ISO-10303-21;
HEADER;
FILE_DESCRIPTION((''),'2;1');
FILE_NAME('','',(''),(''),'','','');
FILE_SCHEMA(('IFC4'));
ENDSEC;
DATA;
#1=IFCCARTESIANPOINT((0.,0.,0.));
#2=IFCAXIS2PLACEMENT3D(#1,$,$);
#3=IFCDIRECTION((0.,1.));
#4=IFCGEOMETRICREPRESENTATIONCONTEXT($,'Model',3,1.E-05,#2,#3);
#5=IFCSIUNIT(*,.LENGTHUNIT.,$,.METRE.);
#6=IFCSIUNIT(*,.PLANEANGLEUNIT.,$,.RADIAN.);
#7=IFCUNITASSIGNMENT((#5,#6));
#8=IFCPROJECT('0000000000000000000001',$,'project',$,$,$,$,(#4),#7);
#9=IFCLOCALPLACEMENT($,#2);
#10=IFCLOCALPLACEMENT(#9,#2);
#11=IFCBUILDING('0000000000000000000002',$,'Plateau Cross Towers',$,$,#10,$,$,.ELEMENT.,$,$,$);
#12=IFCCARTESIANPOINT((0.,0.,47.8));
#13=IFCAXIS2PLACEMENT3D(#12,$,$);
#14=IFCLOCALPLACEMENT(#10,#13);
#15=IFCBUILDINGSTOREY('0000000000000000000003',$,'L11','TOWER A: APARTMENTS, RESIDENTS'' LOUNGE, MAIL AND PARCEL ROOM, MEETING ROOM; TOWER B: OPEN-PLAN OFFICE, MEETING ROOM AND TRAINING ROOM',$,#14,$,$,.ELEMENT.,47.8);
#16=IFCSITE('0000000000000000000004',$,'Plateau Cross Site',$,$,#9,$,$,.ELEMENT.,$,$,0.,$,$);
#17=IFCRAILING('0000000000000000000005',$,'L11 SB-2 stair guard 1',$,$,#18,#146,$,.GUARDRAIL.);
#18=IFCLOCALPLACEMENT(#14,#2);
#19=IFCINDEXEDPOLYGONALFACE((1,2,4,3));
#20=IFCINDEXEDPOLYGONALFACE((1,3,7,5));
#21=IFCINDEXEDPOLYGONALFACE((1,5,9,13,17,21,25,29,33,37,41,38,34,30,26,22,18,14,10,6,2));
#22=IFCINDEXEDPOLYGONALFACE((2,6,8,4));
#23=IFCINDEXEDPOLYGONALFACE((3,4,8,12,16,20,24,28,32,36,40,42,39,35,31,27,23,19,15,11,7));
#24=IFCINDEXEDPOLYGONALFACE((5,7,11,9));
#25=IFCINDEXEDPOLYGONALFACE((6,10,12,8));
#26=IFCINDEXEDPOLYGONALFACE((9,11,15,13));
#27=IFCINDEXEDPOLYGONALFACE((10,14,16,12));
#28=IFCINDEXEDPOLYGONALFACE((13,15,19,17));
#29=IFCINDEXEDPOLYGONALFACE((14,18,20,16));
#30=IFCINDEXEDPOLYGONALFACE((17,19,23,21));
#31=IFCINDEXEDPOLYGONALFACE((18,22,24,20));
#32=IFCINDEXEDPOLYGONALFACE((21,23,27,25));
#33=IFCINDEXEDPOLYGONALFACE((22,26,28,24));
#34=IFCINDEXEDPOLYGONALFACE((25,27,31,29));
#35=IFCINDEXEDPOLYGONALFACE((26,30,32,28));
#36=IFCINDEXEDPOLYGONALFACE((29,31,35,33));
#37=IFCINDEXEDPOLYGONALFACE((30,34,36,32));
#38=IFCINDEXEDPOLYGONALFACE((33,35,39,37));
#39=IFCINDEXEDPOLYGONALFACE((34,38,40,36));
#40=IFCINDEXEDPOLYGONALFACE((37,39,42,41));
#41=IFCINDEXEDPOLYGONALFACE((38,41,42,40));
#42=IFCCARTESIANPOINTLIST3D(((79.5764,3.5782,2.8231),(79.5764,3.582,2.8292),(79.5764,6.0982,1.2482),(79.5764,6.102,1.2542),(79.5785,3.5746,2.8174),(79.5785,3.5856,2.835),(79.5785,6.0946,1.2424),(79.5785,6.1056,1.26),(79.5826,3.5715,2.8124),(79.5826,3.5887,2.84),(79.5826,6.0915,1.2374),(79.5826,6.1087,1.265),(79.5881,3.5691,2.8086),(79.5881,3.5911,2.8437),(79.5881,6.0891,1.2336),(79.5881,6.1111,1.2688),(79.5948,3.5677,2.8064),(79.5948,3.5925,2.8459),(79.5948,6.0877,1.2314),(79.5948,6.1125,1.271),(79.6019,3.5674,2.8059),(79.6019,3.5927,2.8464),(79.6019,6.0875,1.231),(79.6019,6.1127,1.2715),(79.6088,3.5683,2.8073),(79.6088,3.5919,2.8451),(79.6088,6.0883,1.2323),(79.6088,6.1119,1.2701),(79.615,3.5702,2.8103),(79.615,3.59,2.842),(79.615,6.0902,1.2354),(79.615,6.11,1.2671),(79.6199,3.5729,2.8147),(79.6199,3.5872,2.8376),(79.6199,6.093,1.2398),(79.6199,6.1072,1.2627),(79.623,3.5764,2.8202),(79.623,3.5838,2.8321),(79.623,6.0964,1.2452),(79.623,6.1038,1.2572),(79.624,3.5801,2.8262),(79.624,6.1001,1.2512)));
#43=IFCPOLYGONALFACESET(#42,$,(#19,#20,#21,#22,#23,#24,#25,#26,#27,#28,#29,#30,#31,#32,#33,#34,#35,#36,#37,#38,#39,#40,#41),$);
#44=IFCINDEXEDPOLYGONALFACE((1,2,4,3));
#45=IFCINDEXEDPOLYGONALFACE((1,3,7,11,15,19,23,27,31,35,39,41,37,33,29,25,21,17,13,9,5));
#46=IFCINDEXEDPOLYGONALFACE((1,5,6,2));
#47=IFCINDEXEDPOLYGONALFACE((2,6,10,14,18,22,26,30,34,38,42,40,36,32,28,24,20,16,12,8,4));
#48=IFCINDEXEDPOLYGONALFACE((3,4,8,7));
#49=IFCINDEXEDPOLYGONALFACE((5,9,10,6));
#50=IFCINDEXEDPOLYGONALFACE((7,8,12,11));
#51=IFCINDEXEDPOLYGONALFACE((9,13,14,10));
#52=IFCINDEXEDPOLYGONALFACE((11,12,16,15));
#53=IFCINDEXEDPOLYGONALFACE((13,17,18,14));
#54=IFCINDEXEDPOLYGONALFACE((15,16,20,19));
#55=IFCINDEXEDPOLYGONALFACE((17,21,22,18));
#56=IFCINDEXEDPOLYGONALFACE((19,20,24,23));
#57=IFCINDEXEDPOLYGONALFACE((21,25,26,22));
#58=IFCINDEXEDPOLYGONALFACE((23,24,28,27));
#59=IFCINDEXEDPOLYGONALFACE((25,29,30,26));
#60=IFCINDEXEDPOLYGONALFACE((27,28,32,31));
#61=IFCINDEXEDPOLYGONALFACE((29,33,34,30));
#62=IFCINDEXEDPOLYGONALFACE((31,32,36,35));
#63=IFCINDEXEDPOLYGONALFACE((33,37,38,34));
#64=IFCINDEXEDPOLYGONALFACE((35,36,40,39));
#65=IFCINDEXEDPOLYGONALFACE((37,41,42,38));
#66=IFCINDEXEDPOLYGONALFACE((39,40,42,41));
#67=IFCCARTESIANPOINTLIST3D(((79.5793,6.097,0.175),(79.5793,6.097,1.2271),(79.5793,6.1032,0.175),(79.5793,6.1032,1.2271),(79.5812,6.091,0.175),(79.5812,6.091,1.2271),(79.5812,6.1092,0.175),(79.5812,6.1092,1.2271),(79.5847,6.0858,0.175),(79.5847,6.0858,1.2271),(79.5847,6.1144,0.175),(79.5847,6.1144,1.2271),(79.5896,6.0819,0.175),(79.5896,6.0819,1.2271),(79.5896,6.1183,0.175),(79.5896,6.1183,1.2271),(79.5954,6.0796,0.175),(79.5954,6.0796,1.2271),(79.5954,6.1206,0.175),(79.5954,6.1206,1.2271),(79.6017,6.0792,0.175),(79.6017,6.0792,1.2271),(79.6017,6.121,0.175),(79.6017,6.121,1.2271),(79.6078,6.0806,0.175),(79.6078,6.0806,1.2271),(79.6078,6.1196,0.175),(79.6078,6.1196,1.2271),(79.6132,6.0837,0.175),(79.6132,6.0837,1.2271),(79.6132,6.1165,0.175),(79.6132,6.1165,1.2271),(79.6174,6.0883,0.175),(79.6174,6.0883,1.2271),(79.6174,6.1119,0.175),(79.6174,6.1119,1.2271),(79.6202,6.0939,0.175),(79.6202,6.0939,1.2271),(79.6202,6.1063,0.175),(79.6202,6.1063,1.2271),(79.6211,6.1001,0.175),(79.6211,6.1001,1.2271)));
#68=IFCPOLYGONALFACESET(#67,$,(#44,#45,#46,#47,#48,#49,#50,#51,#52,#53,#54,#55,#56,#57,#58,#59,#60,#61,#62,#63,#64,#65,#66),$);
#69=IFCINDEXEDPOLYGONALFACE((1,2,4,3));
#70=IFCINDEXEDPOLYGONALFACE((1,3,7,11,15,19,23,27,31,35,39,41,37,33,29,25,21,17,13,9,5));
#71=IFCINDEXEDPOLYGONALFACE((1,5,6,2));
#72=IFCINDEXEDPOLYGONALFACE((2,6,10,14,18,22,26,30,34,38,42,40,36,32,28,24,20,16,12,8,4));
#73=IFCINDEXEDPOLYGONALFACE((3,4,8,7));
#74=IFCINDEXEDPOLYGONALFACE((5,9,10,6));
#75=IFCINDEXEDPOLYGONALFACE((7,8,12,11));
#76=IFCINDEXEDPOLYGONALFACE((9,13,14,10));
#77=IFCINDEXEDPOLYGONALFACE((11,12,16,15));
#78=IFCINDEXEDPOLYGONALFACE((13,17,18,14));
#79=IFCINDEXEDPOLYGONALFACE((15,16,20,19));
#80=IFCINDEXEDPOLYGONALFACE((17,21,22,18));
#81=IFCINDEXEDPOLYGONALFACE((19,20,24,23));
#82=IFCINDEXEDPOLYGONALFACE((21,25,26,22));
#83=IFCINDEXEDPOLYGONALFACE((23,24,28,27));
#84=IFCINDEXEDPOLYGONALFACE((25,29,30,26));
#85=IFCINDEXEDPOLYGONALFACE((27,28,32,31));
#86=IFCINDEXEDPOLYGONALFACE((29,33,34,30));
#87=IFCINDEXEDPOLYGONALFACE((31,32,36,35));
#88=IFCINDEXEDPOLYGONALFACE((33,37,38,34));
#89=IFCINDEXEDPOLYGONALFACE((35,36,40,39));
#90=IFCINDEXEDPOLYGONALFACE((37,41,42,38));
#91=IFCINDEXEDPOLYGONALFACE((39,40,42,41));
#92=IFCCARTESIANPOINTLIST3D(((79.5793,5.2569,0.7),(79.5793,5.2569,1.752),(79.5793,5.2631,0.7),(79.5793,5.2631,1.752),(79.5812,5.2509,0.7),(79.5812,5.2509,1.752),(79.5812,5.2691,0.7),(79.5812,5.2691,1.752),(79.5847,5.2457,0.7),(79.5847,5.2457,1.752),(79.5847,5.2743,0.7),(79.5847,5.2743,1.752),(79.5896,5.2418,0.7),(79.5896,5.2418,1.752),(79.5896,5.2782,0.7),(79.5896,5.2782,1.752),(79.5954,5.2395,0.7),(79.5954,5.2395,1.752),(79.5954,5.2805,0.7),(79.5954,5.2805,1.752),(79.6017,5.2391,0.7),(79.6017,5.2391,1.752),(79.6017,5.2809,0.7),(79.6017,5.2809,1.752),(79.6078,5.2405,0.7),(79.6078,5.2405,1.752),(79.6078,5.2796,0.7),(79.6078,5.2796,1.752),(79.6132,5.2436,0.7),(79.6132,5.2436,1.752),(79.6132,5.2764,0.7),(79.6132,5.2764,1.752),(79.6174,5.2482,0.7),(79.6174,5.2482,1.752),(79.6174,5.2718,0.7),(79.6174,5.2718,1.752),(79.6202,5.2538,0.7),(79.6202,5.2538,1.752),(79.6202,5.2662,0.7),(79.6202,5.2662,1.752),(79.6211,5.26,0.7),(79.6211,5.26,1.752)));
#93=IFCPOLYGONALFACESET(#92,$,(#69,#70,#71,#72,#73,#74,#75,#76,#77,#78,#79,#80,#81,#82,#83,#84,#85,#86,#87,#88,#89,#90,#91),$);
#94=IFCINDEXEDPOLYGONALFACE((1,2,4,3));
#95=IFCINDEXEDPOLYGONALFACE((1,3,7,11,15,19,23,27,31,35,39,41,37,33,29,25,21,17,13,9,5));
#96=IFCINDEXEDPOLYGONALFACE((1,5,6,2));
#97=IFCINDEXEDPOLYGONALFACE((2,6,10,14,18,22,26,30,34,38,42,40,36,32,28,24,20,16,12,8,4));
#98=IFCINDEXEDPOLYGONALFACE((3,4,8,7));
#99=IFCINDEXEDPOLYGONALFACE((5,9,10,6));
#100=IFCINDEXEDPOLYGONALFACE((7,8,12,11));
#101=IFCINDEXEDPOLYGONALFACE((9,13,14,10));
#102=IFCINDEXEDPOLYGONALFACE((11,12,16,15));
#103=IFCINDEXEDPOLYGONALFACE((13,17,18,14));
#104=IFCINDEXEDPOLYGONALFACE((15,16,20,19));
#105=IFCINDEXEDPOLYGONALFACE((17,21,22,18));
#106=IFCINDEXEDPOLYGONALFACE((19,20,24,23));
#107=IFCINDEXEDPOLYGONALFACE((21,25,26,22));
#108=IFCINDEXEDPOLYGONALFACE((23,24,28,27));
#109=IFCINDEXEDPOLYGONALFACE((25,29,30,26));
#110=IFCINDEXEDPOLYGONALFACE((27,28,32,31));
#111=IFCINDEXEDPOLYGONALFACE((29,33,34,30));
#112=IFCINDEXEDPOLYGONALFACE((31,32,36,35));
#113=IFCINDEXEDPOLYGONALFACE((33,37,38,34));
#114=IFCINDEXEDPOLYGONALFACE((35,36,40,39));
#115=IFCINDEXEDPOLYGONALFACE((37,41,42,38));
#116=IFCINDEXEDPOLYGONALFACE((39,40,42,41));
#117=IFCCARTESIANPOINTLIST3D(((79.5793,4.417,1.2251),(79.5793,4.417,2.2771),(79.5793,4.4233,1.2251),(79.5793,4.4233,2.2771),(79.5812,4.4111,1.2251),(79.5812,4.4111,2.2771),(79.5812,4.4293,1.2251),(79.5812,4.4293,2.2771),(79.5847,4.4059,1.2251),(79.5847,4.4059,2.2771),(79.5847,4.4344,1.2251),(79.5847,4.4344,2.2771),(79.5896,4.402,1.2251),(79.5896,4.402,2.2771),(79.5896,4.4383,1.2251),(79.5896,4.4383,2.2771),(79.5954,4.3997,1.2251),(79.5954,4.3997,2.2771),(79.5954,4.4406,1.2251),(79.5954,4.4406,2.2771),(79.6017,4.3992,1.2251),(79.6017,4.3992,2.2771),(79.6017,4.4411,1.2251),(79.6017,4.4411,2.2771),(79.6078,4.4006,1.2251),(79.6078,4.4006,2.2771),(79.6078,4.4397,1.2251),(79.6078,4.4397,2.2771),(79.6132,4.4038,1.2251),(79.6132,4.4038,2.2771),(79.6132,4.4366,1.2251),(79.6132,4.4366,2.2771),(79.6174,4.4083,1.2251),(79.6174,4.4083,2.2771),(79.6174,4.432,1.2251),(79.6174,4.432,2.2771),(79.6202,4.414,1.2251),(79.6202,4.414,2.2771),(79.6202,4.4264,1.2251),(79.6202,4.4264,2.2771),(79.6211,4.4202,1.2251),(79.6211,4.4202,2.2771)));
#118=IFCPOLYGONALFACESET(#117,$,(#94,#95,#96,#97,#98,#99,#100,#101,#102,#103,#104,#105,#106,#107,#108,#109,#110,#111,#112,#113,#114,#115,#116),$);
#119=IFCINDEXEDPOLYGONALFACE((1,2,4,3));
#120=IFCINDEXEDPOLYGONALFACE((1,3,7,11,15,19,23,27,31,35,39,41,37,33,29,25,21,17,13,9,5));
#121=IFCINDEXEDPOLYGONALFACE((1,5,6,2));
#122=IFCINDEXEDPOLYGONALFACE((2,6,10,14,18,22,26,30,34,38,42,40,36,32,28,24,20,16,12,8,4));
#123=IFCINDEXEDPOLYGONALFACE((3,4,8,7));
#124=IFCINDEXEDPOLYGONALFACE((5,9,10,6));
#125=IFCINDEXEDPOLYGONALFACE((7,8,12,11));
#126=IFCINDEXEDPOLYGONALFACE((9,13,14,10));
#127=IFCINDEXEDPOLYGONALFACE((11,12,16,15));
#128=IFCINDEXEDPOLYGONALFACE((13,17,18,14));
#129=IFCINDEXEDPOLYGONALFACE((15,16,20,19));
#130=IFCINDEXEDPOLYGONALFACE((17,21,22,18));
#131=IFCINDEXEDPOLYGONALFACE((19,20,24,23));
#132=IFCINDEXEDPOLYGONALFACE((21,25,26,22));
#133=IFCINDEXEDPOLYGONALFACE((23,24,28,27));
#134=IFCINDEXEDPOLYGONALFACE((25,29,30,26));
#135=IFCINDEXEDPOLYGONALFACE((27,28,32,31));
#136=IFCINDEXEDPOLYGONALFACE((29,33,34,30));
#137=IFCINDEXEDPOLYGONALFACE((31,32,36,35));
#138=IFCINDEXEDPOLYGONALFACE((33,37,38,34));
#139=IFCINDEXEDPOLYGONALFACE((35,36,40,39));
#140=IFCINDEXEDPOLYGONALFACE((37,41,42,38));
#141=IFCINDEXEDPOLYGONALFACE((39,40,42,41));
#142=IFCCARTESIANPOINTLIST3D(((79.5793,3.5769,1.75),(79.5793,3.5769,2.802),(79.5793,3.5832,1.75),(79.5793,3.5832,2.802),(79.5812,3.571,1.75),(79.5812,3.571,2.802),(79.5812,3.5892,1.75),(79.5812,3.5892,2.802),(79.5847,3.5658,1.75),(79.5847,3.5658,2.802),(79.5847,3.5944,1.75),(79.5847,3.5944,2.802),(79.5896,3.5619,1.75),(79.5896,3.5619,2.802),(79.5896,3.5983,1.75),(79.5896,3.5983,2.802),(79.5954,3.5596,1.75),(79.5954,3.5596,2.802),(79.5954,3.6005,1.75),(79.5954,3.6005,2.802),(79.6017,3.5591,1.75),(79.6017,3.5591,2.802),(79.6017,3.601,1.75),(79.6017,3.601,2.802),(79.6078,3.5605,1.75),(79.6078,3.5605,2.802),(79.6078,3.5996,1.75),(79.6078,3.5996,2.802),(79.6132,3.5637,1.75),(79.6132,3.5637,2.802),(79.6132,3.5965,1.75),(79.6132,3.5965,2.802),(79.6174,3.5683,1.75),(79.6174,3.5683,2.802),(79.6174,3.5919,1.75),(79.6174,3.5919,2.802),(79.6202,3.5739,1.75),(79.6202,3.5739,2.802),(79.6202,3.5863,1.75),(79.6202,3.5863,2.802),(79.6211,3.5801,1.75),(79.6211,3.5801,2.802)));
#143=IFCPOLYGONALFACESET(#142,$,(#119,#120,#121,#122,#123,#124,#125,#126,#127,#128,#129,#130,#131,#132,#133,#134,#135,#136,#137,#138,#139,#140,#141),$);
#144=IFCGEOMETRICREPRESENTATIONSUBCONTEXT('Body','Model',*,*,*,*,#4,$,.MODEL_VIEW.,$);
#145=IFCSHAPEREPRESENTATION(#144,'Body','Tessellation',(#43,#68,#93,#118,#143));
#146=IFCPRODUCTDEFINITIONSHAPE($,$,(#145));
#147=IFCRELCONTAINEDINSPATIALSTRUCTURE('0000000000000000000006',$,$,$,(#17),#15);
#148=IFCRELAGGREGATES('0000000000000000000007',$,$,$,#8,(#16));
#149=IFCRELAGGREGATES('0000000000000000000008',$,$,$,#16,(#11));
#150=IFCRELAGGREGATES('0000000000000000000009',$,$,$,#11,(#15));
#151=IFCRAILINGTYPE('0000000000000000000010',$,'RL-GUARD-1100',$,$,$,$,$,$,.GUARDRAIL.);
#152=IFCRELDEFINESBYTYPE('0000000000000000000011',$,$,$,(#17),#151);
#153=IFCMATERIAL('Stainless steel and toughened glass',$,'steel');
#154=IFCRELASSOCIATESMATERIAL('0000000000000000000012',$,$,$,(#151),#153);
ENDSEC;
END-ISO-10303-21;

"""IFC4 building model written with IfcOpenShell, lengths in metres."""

from ifc_helpers import new_model, si_unit, direction, frame, origin, origin_2d, place, context, subcontext, project, spatial, circle, extrude, material, type_object, element, save


model = new_model("IFC4")

# Units and contexts
model_context = context("Model", 3, precision=1e-05, world=origin(), true_north=direction((0.0, 1.0)))
body_context = subcontext(model_context, "Body", "Model", "MODEL_VIEW")
ifc_project = project(units=[si_unit("LENGTHUNIT", "METRE"), si_unit("PLANEANGLEUNIT", "RADIAN")], contexts=[model_context])

# Site, building, storey
site_placement = place(None, origin())
site = spatial("IfcSite", under=ifc_project, at=site_placement, Name="Plateau Cross Site", CompositionType="ELEMENT", RefElevation=0.0)
building_placement = place(site_placement, origin())
building = spatial("IfcBuilding", under=site, at=building_placement, Name="Plateau Cross Towers", CompositionType="ELEMENT")
storey_placement = place(building_placement, frame((0.0, 0.0, 47.8)))
storey = spatial("IfcBuildingStorey", under=building, at=storey_placement, Name="L11", Description="TOWER A: APARTMENTS, RESIDENTS' LOUNGE, MAIL AND PARCEL ROOM, MEETING ROOM; TOWER B: OPEN-PLAN OFFICE, MEETING ROOM AND TRAINING ROOM", CompositionType="ELEMENT", Elevation=47.8)

# Railing
ifc_material_1 = material(Name="Stainless steel and toughened glass", Category="steel")
railing_type_1 = type_object("IfcRailingType", Name="RL-GUARD-1100", PredefinedType="GUARDRAIL", material=ifc_material_1)
railing_1_placement = place(storey_placement, frame((79.6001, 6.1001, 0.175)))
element("IfcRailing", 1, at=railing_1_placement, inside=storey, type_object=railing_type_1, Name="L11 SB-2 stair guard 1", PredefinedType="GUARDRAIL", context=body_context, shape_type="SweptSolid", body=[
    extrude(circle(Radius=0.0239, at=origin_2d()), frame((0.0, 0.0, 1.0762), z_axis=(0.0, -0.848008, 0.529984), x_axis=(1.0, 0.0, 0.0)), (0.0, 0.0, 1.0), 2.9717),
    extrude(circle(Radius=0.021, at=origin_2d()), origin(), (0.0, 0.0, 1.0), 1.052),
    extrude(circle(Radius=0.021, at=origin_2d()), frame((0.0, -0.8401, 0.5249)), (0.0, 0.0, 1.0), 1.052),
    extrude(circle(Radius=0.021, at=origin_2d()), frame((0.0, -1.6799, 1.05)), (0.0, 0.0, 1.0), 1.052),
    extrude(circle(Radius=0.021, at=origin_2d()), frame((0.0, -2.52, 1.575)), (0.0, 0.0, 1.0), 1.052),
])

save(model, "model.ifc")
